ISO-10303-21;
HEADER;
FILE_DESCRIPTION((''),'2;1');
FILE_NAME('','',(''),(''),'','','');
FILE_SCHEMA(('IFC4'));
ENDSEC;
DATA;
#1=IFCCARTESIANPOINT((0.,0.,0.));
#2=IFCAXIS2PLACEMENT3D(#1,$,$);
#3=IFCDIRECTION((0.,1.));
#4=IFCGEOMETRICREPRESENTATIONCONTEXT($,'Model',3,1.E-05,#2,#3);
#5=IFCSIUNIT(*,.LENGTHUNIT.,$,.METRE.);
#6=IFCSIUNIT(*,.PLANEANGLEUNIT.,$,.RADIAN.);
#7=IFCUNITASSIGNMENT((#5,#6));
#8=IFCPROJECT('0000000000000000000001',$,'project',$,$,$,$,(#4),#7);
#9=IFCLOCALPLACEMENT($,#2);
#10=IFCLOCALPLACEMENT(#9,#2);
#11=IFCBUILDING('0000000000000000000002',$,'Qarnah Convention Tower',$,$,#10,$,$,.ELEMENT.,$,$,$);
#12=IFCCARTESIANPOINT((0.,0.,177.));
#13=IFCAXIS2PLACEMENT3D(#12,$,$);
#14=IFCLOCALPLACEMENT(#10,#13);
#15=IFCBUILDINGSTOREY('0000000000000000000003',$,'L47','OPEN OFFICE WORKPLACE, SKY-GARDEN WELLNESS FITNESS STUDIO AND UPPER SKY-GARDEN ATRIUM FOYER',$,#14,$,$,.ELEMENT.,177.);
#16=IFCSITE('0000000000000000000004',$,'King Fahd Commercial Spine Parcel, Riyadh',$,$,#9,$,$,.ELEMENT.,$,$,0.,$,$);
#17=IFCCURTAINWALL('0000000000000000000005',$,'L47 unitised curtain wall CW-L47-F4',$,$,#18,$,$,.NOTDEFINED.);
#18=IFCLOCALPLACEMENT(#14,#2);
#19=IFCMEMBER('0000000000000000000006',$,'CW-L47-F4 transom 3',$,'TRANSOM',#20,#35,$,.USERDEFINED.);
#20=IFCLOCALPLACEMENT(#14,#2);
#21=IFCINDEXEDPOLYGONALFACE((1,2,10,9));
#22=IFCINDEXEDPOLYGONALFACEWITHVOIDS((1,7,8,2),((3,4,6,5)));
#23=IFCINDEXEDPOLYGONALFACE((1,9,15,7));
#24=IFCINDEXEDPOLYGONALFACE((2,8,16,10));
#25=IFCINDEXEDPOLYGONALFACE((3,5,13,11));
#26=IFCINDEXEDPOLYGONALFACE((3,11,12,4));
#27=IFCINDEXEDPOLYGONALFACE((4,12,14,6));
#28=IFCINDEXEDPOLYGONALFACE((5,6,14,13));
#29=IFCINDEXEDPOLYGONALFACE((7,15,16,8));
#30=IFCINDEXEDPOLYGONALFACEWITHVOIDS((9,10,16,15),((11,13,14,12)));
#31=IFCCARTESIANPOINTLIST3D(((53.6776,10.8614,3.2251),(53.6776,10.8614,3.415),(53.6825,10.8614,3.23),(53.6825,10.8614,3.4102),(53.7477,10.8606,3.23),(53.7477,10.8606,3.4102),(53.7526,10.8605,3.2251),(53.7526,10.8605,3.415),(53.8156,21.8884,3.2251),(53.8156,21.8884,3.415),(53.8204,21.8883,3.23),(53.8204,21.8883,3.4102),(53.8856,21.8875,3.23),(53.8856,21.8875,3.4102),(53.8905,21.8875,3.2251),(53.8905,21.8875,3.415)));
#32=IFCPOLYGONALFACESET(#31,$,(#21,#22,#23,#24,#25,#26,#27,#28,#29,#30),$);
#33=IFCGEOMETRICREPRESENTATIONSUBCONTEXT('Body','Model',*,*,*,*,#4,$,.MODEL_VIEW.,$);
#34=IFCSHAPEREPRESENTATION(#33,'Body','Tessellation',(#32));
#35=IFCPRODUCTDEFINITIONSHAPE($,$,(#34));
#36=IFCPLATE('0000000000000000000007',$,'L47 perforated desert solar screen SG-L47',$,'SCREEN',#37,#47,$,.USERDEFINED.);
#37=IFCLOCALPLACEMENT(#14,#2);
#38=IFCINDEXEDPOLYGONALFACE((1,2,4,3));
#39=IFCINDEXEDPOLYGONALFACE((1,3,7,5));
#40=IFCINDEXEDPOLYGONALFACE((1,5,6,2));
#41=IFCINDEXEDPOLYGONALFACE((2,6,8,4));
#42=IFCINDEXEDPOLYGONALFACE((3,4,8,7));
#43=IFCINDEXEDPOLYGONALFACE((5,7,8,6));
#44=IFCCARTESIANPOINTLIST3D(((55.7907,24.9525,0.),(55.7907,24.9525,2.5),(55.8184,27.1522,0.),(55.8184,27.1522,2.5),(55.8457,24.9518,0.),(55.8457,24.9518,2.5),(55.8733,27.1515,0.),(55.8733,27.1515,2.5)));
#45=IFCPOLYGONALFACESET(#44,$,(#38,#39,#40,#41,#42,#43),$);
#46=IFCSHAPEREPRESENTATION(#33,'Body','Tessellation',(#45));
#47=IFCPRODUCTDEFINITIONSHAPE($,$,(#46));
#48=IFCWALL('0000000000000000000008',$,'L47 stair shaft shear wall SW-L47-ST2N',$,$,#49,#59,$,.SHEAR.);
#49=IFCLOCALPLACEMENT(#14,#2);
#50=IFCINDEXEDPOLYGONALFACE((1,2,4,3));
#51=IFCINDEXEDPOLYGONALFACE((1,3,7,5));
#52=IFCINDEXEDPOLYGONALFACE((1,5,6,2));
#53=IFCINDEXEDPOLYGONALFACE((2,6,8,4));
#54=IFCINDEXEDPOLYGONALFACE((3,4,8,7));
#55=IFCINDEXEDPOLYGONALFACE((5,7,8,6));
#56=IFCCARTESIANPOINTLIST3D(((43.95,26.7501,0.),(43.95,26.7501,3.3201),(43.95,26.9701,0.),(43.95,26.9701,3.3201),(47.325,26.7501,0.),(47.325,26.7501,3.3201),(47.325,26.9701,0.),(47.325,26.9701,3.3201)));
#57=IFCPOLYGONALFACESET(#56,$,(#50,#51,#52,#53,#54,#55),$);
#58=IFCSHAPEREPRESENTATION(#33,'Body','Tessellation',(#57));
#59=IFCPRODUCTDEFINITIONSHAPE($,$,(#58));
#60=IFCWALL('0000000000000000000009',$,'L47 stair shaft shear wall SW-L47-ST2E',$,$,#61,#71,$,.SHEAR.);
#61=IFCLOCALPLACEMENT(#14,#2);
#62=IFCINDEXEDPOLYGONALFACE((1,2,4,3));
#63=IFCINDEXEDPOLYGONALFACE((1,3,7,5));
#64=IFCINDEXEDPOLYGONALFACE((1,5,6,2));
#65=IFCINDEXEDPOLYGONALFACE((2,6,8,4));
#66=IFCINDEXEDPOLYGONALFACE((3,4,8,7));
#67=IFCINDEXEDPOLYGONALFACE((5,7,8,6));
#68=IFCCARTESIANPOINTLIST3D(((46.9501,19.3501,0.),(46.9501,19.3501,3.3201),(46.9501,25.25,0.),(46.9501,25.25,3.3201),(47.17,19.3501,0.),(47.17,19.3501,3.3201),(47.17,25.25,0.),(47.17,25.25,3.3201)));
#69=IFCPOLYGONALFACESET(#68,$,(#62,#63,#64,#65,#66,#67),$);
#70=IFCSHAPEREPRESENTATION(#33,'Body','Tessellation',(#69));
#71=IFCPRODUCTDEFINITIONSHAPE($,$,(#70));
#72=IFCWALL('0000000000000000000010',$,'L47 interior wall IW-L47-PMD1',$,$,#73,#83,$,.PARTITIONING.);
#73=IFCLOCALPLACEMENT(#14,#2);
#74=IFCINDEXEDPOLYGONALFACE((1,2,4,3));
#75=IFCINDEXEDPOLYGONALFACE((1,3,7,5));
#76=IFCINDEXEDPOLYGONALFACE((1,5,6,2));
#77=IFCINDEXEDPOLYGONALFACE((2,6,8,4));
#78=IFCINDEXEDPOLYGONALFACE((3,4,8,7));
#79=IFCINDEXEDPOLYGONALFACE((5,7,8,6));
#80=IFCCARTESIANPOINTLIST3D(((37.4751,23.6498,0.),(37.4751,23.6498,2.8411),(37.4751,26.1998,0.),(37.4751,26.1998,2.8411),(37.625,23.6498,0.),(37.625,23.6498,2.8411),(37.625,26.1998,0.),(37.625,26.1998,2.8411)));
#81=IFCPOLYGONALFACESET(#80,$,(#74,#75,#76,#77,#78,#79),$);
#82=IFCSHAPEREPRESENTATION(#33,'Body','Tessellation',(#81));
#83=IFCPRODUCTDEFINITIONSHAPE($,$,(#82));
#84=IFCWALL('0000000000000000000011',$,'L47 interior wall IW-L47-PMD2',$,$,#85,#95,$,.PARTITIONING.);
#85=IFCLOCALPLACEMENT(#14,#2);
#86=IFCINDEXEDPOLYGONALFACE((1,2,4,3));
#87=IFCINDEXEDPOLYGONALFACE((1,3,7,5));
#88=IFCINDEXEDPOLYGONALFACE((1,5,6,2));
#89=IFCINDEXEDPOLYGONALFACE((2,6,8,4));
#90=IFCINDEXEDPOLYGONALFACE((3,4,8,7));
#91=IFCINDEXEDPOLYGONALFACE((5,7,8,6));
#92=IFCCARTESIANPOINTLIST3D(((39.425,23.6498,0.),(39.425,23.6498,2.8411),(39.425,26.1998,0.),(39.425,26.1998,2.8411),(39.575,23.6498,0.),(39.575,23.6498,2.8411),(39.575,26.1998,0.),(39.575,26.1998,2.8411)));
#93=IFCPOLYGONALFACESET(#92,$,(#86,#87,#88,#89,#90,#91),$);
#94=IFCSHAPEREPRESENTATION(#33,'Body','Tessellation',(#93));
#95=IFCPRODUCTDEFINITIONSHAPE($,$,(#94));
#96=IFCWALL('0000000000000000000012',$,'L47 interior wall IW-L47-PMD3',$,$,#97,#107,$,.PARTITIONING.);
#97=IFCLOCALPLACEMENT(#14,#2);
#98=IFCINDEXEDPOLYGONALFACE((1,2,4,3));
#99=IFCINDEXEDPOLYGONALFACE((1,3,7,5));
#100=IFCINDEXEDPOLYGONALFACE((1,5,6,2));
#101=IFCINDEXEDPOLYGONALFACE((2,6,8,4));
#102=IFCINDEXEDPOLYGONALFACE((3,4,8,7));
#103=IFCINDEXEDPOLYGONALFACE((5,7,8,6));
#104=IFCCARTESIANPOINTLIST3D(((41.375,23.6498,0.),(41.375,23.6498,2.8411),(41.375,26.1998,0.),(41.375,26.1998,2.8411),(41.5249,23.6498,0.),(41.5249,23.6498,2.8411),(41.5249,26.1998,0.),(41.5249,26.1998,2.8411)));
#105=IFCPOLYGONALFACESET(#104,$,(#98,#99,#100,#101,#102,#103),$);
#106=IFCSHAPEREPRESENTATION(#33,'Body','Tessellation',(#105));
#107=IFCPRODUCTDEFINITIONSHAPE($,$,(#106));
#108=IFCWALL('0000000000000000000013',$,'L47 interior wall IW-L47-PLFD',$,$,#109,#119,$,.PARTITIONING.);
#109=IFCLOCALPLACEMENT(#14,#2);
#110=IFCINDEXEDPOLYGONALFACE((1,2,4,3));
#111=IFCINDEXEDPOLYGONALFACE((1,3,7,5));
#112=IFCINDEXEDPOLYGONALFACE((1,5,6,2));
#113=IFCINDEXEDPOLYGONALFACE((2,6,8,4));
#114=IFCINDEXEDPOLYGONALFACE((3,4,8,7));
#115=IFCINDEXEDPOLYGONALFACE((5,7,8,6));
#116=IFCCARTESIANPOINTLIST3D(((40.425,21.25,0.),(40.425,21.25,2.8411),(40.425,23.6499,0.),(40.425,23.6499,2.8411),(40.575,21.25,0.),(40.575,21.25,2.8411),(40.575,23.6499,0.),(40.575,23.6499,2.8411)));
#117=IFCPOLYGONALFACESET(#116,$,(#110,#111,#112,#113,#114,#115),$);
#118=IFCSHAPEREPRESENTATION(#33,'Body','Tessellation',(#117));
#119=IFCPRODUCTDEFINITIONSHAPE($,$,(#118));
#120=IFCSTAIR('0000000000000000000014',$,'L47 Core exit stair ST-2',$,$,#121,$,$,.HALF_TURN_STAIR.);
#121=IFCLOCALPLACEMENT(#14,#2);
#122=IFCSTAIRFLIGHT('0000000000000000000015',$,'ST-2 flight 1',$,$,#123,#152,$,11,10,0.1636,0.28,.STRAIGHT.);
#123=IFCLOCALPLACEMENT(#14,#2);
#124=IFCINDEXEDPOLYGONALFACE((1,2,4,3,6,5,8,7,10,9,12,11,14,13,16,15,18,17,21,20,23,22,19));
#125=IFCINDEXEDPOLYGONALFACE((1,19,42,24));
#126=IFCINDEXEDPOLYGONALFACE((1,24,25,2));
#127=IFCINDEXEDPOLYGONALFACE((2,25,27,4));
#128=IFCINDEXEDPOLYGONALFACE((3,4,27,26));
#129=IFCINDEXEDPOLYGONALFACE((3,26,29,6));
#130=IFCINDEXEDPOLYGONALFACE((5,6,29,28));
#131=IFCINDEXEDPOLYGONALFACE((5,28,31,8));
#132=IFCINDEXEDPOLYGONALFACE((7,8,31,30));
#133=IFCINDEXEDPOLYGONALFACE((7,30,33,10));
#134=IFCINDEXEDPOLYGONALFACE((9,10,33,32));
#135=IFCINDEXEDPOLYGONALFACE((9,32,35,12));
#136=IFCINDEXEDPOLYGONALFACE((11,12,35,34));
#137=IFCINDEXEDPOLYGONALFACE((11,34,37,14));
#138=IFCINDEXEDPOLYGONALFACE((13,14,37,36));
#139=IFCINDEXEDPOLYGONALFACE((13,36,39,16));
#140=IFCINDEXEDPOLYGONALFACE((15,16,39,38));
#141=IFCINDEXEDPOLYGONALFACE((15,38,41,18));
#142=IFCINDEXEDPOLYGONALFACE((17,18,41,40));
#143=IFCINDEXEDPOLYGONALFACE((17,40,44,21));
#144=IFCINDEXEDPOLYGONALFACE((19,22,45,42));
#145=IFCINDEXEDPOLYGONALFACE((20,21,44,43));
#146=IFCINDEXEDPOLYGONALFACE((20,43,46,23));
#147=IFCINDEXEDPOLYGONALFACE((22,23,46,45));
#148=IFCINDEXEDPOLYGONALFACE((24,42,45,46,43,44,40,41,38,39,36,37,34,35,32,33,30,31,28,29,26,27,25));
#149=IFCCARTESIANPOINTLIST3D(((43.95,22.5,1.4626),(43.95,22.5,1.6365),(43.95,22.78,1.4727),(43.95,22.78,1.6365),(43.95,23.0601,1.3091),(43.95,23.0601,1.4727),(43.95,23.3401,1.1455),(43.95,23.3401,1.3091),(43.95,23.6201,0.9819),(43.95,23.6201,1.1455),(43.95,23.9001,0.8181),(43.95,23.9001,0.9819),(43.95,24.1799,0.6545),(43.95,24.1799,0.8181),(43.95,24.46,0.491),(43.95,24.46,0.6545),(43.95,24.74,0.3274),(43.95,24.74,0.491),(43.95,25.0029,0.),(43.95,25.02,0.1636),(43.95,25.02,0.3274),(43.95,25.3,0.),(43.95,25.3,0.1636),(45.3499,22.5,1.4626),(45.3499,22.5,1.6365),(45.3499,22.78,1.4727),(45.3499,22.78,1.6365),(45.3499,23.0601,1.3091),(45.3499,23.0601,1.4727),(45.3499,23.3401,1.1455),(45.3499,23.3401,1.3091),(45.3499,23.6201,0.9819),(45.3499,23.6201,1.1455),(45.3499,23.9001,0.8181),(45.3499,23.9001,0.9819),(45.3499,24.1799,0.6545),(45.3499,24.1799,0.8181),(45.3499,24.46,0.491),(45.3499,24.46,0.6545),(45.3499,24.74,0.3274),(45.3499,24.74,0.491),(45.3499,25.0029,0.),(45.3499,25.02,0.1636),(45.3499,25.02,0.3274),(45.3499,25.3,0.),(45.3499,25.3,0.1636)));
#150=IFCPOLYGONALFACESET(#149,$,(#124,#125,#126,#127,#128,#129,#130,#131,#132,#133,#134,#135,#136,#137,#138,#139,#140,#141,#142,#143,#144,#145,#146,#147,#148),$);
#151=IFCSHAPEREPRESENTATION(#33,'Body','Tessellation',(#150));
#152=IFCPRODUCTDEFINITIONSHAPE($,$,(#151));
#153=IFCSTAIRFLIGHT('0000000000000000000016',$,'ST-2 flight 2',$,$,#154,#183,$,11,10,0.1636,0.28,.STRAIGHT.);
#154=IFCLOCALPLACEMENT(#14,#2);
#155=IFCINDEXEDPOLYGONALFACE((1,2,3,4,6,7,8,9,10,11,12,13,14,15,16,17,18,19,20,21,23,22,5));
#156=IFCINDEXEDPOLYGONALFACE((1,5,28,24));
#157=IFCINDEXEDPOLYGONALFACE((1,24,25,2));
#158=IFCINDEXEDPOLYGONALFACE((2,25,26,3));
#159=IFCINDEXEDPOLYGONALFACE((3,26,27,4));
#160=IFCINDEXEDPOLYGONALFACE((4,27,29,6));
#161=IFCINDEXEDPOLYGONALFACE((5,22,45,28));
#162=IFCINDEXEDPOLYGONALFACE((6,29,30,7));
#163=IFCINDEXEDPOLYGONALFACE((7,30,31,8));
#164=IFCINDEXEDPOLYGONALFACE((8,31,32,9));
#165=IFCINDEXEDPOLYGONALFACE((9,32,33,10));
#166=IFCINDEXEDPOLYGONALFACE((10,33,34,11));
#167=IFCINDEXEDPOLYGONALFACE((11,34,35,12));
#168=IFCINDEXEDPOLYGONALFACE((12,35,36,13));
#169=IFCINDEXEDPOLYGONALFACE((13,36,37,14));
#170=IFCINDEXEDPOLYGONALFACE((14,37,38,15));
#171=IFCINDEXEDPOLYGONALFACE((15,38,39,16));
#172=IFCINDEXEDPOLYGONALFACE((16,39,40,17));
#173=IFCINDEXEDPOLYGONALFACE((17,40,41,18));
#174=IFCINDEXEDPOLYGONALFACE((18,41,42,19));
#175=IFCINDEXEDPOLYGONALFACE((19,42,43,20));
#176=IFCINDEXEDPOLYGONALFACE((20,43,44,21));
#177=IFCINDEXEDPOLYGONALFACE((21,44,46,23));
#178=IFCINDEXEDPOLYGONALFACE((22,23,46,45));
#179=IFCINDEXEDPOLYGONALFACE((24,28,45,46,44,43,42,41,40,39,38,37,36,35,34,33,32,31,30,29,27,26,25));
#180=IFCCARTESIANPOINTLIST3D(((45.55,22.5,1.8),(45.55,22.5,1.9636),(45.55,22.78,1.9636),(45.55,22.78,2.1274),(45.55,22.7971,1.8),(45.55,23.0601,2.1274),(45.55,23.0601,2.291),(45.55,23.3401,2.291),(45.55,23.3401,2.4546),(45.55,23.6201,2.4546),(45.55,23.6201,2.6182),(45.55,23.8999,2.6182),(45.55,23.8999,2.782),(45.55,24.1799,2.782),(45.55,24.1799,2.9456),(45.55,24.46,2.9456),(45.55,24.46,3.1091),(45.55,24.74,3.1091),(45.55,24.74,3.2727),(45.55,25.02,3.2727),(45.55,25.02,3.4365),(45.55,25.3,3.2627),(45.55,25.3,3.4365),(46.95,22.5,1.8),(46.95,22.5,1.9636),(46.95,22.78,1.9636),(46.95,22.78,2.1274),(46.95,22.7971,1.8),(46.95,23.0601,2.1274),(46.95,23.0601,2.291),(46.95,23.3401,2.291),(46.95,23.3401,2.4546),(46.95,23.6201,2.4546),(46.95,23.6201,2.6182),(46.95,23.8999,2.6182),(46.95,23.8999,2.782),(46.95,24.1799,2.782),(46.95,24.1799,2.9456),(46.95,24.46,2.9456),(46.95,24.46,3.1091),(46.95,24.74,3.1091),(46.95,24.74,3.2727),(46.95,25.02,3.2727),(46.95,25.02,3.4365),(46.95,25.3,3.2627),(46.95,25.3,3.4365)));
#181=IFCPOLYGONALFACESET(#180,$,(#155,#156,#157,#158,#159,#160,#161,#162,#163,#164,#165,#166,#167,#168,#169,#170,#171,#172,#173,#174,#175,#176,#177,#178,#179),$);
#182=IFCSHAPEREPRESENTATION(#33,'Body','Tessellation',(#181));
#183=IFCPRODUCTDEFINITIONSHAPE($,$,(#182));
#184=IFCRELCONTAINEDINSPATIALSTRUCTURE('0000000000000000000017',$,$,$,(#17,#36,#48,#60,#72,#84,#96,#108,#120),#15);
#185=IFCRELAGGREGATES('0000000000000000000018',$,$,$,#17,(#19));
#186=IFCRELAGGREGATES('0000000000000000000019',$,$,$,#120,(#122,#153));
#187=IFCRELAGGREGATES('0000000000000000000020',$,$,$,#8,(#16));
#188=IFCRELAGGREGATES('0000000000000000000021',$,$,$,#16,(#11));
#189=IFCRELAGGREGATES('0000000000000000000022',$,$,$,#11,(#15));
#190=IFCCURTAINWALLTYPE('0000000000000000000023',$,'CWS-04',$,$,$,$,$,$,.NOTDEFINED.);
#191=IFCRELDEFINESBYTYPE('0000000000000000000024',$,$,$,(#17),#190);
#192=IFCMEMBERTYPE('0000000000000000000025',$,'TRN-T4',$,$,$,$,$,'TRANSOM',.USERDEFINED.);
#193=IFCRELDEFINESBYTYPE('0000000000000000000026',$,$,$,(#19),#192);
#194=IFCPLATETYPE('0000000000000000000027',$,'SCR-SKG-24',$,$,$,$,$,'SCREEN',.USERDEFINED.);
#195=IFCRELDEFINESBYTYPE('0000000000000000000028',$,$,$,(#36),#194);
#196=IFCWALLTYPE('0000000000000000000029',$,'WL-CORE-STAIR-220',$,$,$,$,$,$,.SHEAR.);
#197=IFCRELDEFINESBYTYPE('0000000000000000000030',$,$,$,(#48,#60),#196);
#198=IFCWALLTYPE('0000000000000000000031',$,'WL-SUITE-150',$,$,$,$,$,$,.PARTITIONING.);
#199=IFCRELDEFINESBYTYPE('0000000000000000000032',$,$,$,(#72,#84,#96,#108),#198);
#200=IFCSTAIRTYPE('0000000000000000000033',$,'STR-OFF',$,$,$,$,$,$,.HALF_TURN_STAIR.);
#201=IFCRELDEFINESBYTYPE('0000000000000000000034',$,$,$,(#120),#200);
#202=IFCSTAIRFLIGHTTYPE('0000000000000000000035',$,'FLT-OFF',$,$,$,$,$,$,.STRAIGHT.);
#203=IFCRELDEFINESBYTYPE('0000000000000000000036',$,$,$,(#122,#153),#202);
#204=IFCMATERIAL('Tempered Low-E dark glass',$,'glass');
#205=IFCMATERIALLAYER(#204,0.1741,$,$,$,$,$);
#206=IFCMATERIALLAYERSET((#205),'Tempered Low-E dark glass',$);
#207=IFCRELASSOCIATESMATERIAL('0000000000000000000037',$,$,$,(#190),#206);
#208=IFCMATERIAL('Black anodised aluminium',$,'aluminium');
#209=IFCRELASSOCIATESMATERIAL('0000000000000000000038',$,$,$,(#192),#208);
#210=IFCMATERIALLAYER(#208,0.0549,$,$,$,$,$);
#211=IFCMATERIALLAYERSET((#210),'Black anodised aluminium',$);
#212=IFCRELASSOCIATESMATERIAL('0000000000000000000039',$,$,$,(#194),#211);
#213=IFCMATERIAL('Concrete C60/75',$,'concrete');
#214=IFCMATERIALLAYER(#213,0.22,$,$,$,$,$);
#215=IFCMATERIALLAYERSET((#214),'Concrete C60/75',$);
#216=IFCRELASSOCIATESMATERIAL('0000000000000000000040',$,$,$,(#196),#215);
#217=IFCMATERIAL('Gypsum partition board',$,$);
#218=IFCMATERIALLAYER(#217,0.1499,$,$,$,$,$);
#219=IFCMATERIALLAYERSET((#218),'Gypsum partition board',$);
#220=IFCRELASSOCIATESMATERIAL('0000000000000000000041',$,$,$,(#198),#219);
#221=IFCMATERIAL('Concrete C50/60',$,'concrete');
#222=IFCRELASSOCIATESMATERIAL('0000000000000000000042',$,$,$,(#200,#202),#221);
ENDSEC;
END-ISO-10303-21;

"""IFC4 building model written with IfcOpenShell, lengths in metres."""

from ifc_helpers import new_model, si_unit, direction, frame, frame_2d, origin, origin_2d, place, context, subcontext, project, spatial, polyline, rectangle, hollow_rectangle, outline, extrude, material, layer, layer_set, material_profile, profile_set, type_object, element, aggregate, save


model = new_model("IFC4")

# Units and contexts
model_context = context("Model", 3, precision=1e-05, world=origin(), true_north=direction((0.0, 1.0)))
body_context = subcontext(model_context, "Body", "Model", "MODEL_VIEW")
ifc_project = project(units=[si_unit("LENGTHUNIT", "METRE"), si_unit("PLANEANGLEUNIT", "RADIAN")], contexts=[model_context])

# Site, building, storey
site_placement = place(None, origin())
site = spatial("IfcSite", under=ifc_project, at=site_placement, Name="King Fahd Commercial Spine Parcel, Riyadh", CompositionType="ELEMENT", RefElevation=0.0)
building_placement = place(site_placement, origin())
building = spatial("IfcBuilding", under=site, at=building_placement, Name="Qarnah Convention Tower", CompositionType="ELEMENT")
storey_placement = place(building_placement, frame((0.0, 0.0, 177.0)))
storey = spatial("IfcBuildingStorey", under=building, at=storey_placement, Name="L47", Description="OPEN OFFICE WORKPLACE, SKY-GARDEN WELLNESS FITNESS STUDIO AND UPPER SKY-GARDEN ATRIUM FOYER", CompositionType="ELEMENT", Elevation=177.0)

# Shared definitions
ifc_material_1 = material(Name="Concrete C50/60", Category="concrete")

# Curtain wall, member
ifc_material_2 = material(Name="Tempered Low-E dark glass", Category="glass")
ifc_layer_1 = layer(ifc_material_2, 0.1741)
ifc_layer_set_1 = layer_set([ifc_layer_1], Name="Tempered Low-E dark glass")
curtain_wall_type = type_object("IfcCurtainWallType", Name="CWS-04", PredefinedType="NOTDEFINED", material=ifc_layer_set_1)
curtain_wall_placement = place(storey_placement, origin())
curtain_wall = element("IfcCurtainWall", 1, at=curtain_wall_placement, inside=storey, type_object=curtain_wall_type, Name="L47 unitised curtain wall CW-L47-F4", PredefinedType="NOTDEFINED")
ifc_material_3 = material(Name="Black anodised aluminium", Category="aluminium")
ifc_material_profile_1 = material_profile(ifc_material_3, hollow_rectangle(XDim=0.075, YDim=0.1899, WallThickness=0.0049, at=origin_2d()), Name="TRN-75X190")
ifc_profile_set_1 = profile_set([ifc_material_profile_1], Name="Black anodised aluminium")
member_type_1 = type_object("IfcMemberType", Name="TRN-T4", ElementType="TRANSOM", PredefinedType="USERDEFINED", material=ifc_profile_set_1)
member_1_placement = place(storey_placement, frame((53.853, 21.8879, 3.3201), z_axis=(-0.012508, -0.999922, 0.0), x_axis=(0.999922, -0.012508, 0.0)))
member_1 = element("IfcMember", 2, at=member_1_placement, type_object=member_type_1, Name="CW-L47-F4 transom 3", ObjectType="TRANSOM", PredefinedType="USERDEFINED", context=body_context, shape_type="SweptSolid", body=[
    extrude(hollow_rectangle(XDim=0.075, YDim=0.1899, WallThickness=0.0049, at=origin_2d()), origin(), (0.0, 0.0, 1.0), 11.0278),
])
aggregate(curtain_wall, [member_1])

# Plate
ifc_layer_2 = layer(ifc_material_3, 0.0549)
ifc_layer_set_2 = layer_set([ifc_layer_2], Name="Black anodised aluminium")
plate_type = type_object("IfcPlateType", Name="SCR-SKG-24", ElementType="SCREEN", PredefinedType="USERDEFINED", material=ifc_layer_set_2)
plate_placement = place(storey_placement, frame((55.832, 26.052, 0.0), z_axis=(0.0, 0.0, 1.0), x_axis=(-0.012582, -0.999921, 0.0)))
element("IfcPlate", 3, at=plate_placement, inside=storey, type_object=plate_type, Name="L47 perforated desert solar screen SG-L47", ObjectType="SCREEN", PredefinedType="USERDEFINED", context=body_context, shape_type="SweptSolid", body=[
    extrude(rectangle(XDim=2.2, YDim=0.0549, at=origin_2d()), origin(), (0.0, 0.0, 1.0), 2.5),
])

# Walls
ifc_material_4 = material(Name="Concrete C60/75", Category="concrete")
ifc_layer_3 = layer(ifc_material_4, 0.22)
ifc_layer_set_3 = layer_set([ifc_layer_3], Name="Concrete C60/75")
wall_type_1 = type_object("IfcWallType", Name="WL-CORE-STAIR-220", PredefinedType="SHEAR", material=ifc_layer_set_3)
wall_1_placement = place(storey_placement, frame((43.95, 26.8601, 0.0), z_axis=(0.0, 0.0, 1.0), x_axis=(1.0, 0.0, 0.0)))
element("IfcWall", 4, at=wall_1_placement, inside=storey, type_object=wall_type_1, Name="L47 stair shaft shear wall SW-L47-ST2N", PredefinedType="SHEAR", context=body_context, shape_type="SweptSolid", body=[
    extrude(rectangle(XDim=3.375, YDim=0.22, at=frame_2d((1.6875, 0.0))), origin(), (0.0, 0.0, 1.0), 3.3201),
])
wall_2_placement = place(storey_placement, frame((47.0601, 19.3501, 0.0), z_axis=(0.0, 0.0, 1.0), x_axis=(0.0, 1.0, 0.0)))
element("IfcWall", 5, at=wall_2_placement, inside=storey, type_object=wall_type_1, Name="L47 stair shaft shear wall SW-L47-ST2E", PredefinedType="SHEAR", context=body_context, shape_type="SweptSolid", body=[
    extrude(rectangle(XDim=5.8999, YDim=0.22, at=frame_2d((2.95, 0.0))), origin(), (0.0, 0.0, 1.0), 3.3201),
])
ifc_material_5 = material(Name="Gypsum partition board")
ifc_layer_4 = layer(ifc_material_5, 0.1499)
ifc_layer_set_4 = layer_set([ifc_layer_4], Name="Gypsum partition board")
wall_type_2 = type_object("IfcWallType", Name="WL-SUITE-150", PredefinedType="PARTITIONING", material=ifc_layer_set_4)
for number, where, z_axis, x_axis, name in (
    (6, (37.55, 23.6499, 0.0), (0.0, 0.0, 1.0), (0.0, 1.0, 0.0), "L47 interior wall IW-L47-PMD1"),
    (7, (39.5, 23.6499, 0.0), (0.0, 0.0, 1.0), (0.0, 1.0, 0.0), "L47 interior wall IW-L47-PMD2"),
    (8, (41.45, 23.6499, 0.0), (0.0, 0.0, 1.0), (0.0, 1.0, 0.0), "L47 interior wall IW-L47-PMD3"),
):
    element("IfcWall", number, at=place(storey_placement, frame(where, z_axis=z_axis, x_axis=x_axis)), inside=storey, type_object=wall_type_2, Name=name, PredefinedType="PARTITIONING", context=body_context, shape_type="SweptSolid", body=[
        extrude(rectangle(XDim=2.55, YDim=0.1499, at=frame_2d((1.2749, 0.0))), origin(), (0.0, 0.0, 1.0), 2.8411),
    ])
wall_3_placement = place(storey_placement, frame((40.5, 21.25, 0.0), z_axis=(0.0, 0.0, 1.0), x_axis=(0.0, 1.0, 0.0)))
element("IfcWall", 9, at=wall_3_placement, inside=storey, type_object=wall_type_2, Name="L47 interior wall IW-L47-PLFD", PredefinedType="PARTITIONING", context=body_context, shape_type="SweptSolid", body=[
    extrude(rectangle(XDim=2.3999, YDim=0.1499, at=frame_2d((1.2, 0.0))), origin(), (0.0, 0.0, 1.0), 2.8411),
])

# Stair, stair flights
stair_type = type_object("IfcStairType", Name="STR-OFF", PredefinedType="HALF_TURN_STAIR", material=ifc_material_1)
stair_placement = place(storey_placement, origin())
stair = element("IfcStair", 10, at=stair_placement, inside=storey, type_object=stair_type, Name="L47 Core exit stair ST-2", PredefinedType="HALF_TURN_STAIR")
stair_flight_type = type_object("IfcStairFlightType", Name="FLT-OFF", PredefinedType="STRAIGHT", material=ifc_material_1)
stair_flight_1_placement = place(storey_placement, frame((44.6499, 25.3, 0.0), z_axis=(0.0, 0.0, 1.0), x_axis=(0.0, -1.0, 0.0)))
stair_flight_1 = element("IfcStairFlight", 11, at=stair_flight_1_placement, type_object=stair_flight_type, Name="ST-2 flight 1", NumberOfRisers=11, NumberOfTreads=10, PredefinedType="STRAIGHT", RiserHeight=0.1636, TreadLength=0.28, context=body_context, shape_type="SweptSolid", body=[
    extrude(outline(polyline([(0.0, 0.0), (0.0, 0.1636), (0.28, 0.1636), (0.28, 0.3274), (0.5601, 0.3274), (0.5601, 0.491), (0.8401, 0.491), (0.8401, 0.6545), (1.1201, 0.6545), (1.1201, 0.8181), (1.3999, 0.8181), (1.3999, 0.9819), (1.6799, 0.9819), (1.6799, 1.1455), (1.96, 1.1455), (1.96, 1.3091), (2.24, 1.3091), (2.24, 1.4727), (2.52, 1.4727), (2.52, 1.6365), (2.8, 1.6365), (2.8, 1.8), (2.8, 1.4626), (0.2971, 0.0), (0.0, 0.0)])), frame((0.0, 0.7, 0.0), z_axis=(0.0, -1.0, 0.0), x_axis=(1.0, 0.0, 0.0)), (0.0, 0.0, 1.0), 1.3999),
])
stair_flight_2_placement = place(storey_placement, frame((46.25, 22.5, 1.8), z_axis=(0.0, 0.0, 1.0), x_axis=(0.0, 1.0, 0.0)))
stair_flight_2 = element("IfcStairFlight", 12, at=stair_flight_2_placement, type_object=stair_flight_type, Name="ST-2 flight 2", NumberOfRisers=11, NumberOfTreads=10, PredefinedType="STRAIGHT", RiserHeight=0.1636, TreadLength=0.28, context=body_context, shape_type="SweptSolid", body=[
    extrude(outline(polyline([(0.0, 0.0), (0.0, 0.1636), (0.28, 0.1636), (0.28, 0.3274), (0.5601, 0.3274), (0.5601, 0.491), (0.8401, 0.491), (0.8401, 0.6545), (1.1201, 0.6545), (1.1201, 0.8181), (1.3999, 0.8181), (1.3999, 0.9819), (1.6799, 0.9819), (1.6799, 1.1455), (1.96, 1.1455), (1.96, 1.3091), (2.24, 1.3091), (2.24, 1.4727), (2.52, 1.4727), (2.52, 1.6365), (2.8, 1.6365), (2.8, 1.8), (2.8, 1.4626), (0.2971, 0.0), (0.0, 0.0)])), frame((0.0, 0.7, 0.0), z_axis=(0.0, -1.0, 0.0), x_axis=(1.0, 0.0, 0.0)), (0.0, 0.0, 1.0), 1.3999),
])
aggregate(stair, [stair_flight_1, stair_flight_2])

save(model, "model.ifc")
